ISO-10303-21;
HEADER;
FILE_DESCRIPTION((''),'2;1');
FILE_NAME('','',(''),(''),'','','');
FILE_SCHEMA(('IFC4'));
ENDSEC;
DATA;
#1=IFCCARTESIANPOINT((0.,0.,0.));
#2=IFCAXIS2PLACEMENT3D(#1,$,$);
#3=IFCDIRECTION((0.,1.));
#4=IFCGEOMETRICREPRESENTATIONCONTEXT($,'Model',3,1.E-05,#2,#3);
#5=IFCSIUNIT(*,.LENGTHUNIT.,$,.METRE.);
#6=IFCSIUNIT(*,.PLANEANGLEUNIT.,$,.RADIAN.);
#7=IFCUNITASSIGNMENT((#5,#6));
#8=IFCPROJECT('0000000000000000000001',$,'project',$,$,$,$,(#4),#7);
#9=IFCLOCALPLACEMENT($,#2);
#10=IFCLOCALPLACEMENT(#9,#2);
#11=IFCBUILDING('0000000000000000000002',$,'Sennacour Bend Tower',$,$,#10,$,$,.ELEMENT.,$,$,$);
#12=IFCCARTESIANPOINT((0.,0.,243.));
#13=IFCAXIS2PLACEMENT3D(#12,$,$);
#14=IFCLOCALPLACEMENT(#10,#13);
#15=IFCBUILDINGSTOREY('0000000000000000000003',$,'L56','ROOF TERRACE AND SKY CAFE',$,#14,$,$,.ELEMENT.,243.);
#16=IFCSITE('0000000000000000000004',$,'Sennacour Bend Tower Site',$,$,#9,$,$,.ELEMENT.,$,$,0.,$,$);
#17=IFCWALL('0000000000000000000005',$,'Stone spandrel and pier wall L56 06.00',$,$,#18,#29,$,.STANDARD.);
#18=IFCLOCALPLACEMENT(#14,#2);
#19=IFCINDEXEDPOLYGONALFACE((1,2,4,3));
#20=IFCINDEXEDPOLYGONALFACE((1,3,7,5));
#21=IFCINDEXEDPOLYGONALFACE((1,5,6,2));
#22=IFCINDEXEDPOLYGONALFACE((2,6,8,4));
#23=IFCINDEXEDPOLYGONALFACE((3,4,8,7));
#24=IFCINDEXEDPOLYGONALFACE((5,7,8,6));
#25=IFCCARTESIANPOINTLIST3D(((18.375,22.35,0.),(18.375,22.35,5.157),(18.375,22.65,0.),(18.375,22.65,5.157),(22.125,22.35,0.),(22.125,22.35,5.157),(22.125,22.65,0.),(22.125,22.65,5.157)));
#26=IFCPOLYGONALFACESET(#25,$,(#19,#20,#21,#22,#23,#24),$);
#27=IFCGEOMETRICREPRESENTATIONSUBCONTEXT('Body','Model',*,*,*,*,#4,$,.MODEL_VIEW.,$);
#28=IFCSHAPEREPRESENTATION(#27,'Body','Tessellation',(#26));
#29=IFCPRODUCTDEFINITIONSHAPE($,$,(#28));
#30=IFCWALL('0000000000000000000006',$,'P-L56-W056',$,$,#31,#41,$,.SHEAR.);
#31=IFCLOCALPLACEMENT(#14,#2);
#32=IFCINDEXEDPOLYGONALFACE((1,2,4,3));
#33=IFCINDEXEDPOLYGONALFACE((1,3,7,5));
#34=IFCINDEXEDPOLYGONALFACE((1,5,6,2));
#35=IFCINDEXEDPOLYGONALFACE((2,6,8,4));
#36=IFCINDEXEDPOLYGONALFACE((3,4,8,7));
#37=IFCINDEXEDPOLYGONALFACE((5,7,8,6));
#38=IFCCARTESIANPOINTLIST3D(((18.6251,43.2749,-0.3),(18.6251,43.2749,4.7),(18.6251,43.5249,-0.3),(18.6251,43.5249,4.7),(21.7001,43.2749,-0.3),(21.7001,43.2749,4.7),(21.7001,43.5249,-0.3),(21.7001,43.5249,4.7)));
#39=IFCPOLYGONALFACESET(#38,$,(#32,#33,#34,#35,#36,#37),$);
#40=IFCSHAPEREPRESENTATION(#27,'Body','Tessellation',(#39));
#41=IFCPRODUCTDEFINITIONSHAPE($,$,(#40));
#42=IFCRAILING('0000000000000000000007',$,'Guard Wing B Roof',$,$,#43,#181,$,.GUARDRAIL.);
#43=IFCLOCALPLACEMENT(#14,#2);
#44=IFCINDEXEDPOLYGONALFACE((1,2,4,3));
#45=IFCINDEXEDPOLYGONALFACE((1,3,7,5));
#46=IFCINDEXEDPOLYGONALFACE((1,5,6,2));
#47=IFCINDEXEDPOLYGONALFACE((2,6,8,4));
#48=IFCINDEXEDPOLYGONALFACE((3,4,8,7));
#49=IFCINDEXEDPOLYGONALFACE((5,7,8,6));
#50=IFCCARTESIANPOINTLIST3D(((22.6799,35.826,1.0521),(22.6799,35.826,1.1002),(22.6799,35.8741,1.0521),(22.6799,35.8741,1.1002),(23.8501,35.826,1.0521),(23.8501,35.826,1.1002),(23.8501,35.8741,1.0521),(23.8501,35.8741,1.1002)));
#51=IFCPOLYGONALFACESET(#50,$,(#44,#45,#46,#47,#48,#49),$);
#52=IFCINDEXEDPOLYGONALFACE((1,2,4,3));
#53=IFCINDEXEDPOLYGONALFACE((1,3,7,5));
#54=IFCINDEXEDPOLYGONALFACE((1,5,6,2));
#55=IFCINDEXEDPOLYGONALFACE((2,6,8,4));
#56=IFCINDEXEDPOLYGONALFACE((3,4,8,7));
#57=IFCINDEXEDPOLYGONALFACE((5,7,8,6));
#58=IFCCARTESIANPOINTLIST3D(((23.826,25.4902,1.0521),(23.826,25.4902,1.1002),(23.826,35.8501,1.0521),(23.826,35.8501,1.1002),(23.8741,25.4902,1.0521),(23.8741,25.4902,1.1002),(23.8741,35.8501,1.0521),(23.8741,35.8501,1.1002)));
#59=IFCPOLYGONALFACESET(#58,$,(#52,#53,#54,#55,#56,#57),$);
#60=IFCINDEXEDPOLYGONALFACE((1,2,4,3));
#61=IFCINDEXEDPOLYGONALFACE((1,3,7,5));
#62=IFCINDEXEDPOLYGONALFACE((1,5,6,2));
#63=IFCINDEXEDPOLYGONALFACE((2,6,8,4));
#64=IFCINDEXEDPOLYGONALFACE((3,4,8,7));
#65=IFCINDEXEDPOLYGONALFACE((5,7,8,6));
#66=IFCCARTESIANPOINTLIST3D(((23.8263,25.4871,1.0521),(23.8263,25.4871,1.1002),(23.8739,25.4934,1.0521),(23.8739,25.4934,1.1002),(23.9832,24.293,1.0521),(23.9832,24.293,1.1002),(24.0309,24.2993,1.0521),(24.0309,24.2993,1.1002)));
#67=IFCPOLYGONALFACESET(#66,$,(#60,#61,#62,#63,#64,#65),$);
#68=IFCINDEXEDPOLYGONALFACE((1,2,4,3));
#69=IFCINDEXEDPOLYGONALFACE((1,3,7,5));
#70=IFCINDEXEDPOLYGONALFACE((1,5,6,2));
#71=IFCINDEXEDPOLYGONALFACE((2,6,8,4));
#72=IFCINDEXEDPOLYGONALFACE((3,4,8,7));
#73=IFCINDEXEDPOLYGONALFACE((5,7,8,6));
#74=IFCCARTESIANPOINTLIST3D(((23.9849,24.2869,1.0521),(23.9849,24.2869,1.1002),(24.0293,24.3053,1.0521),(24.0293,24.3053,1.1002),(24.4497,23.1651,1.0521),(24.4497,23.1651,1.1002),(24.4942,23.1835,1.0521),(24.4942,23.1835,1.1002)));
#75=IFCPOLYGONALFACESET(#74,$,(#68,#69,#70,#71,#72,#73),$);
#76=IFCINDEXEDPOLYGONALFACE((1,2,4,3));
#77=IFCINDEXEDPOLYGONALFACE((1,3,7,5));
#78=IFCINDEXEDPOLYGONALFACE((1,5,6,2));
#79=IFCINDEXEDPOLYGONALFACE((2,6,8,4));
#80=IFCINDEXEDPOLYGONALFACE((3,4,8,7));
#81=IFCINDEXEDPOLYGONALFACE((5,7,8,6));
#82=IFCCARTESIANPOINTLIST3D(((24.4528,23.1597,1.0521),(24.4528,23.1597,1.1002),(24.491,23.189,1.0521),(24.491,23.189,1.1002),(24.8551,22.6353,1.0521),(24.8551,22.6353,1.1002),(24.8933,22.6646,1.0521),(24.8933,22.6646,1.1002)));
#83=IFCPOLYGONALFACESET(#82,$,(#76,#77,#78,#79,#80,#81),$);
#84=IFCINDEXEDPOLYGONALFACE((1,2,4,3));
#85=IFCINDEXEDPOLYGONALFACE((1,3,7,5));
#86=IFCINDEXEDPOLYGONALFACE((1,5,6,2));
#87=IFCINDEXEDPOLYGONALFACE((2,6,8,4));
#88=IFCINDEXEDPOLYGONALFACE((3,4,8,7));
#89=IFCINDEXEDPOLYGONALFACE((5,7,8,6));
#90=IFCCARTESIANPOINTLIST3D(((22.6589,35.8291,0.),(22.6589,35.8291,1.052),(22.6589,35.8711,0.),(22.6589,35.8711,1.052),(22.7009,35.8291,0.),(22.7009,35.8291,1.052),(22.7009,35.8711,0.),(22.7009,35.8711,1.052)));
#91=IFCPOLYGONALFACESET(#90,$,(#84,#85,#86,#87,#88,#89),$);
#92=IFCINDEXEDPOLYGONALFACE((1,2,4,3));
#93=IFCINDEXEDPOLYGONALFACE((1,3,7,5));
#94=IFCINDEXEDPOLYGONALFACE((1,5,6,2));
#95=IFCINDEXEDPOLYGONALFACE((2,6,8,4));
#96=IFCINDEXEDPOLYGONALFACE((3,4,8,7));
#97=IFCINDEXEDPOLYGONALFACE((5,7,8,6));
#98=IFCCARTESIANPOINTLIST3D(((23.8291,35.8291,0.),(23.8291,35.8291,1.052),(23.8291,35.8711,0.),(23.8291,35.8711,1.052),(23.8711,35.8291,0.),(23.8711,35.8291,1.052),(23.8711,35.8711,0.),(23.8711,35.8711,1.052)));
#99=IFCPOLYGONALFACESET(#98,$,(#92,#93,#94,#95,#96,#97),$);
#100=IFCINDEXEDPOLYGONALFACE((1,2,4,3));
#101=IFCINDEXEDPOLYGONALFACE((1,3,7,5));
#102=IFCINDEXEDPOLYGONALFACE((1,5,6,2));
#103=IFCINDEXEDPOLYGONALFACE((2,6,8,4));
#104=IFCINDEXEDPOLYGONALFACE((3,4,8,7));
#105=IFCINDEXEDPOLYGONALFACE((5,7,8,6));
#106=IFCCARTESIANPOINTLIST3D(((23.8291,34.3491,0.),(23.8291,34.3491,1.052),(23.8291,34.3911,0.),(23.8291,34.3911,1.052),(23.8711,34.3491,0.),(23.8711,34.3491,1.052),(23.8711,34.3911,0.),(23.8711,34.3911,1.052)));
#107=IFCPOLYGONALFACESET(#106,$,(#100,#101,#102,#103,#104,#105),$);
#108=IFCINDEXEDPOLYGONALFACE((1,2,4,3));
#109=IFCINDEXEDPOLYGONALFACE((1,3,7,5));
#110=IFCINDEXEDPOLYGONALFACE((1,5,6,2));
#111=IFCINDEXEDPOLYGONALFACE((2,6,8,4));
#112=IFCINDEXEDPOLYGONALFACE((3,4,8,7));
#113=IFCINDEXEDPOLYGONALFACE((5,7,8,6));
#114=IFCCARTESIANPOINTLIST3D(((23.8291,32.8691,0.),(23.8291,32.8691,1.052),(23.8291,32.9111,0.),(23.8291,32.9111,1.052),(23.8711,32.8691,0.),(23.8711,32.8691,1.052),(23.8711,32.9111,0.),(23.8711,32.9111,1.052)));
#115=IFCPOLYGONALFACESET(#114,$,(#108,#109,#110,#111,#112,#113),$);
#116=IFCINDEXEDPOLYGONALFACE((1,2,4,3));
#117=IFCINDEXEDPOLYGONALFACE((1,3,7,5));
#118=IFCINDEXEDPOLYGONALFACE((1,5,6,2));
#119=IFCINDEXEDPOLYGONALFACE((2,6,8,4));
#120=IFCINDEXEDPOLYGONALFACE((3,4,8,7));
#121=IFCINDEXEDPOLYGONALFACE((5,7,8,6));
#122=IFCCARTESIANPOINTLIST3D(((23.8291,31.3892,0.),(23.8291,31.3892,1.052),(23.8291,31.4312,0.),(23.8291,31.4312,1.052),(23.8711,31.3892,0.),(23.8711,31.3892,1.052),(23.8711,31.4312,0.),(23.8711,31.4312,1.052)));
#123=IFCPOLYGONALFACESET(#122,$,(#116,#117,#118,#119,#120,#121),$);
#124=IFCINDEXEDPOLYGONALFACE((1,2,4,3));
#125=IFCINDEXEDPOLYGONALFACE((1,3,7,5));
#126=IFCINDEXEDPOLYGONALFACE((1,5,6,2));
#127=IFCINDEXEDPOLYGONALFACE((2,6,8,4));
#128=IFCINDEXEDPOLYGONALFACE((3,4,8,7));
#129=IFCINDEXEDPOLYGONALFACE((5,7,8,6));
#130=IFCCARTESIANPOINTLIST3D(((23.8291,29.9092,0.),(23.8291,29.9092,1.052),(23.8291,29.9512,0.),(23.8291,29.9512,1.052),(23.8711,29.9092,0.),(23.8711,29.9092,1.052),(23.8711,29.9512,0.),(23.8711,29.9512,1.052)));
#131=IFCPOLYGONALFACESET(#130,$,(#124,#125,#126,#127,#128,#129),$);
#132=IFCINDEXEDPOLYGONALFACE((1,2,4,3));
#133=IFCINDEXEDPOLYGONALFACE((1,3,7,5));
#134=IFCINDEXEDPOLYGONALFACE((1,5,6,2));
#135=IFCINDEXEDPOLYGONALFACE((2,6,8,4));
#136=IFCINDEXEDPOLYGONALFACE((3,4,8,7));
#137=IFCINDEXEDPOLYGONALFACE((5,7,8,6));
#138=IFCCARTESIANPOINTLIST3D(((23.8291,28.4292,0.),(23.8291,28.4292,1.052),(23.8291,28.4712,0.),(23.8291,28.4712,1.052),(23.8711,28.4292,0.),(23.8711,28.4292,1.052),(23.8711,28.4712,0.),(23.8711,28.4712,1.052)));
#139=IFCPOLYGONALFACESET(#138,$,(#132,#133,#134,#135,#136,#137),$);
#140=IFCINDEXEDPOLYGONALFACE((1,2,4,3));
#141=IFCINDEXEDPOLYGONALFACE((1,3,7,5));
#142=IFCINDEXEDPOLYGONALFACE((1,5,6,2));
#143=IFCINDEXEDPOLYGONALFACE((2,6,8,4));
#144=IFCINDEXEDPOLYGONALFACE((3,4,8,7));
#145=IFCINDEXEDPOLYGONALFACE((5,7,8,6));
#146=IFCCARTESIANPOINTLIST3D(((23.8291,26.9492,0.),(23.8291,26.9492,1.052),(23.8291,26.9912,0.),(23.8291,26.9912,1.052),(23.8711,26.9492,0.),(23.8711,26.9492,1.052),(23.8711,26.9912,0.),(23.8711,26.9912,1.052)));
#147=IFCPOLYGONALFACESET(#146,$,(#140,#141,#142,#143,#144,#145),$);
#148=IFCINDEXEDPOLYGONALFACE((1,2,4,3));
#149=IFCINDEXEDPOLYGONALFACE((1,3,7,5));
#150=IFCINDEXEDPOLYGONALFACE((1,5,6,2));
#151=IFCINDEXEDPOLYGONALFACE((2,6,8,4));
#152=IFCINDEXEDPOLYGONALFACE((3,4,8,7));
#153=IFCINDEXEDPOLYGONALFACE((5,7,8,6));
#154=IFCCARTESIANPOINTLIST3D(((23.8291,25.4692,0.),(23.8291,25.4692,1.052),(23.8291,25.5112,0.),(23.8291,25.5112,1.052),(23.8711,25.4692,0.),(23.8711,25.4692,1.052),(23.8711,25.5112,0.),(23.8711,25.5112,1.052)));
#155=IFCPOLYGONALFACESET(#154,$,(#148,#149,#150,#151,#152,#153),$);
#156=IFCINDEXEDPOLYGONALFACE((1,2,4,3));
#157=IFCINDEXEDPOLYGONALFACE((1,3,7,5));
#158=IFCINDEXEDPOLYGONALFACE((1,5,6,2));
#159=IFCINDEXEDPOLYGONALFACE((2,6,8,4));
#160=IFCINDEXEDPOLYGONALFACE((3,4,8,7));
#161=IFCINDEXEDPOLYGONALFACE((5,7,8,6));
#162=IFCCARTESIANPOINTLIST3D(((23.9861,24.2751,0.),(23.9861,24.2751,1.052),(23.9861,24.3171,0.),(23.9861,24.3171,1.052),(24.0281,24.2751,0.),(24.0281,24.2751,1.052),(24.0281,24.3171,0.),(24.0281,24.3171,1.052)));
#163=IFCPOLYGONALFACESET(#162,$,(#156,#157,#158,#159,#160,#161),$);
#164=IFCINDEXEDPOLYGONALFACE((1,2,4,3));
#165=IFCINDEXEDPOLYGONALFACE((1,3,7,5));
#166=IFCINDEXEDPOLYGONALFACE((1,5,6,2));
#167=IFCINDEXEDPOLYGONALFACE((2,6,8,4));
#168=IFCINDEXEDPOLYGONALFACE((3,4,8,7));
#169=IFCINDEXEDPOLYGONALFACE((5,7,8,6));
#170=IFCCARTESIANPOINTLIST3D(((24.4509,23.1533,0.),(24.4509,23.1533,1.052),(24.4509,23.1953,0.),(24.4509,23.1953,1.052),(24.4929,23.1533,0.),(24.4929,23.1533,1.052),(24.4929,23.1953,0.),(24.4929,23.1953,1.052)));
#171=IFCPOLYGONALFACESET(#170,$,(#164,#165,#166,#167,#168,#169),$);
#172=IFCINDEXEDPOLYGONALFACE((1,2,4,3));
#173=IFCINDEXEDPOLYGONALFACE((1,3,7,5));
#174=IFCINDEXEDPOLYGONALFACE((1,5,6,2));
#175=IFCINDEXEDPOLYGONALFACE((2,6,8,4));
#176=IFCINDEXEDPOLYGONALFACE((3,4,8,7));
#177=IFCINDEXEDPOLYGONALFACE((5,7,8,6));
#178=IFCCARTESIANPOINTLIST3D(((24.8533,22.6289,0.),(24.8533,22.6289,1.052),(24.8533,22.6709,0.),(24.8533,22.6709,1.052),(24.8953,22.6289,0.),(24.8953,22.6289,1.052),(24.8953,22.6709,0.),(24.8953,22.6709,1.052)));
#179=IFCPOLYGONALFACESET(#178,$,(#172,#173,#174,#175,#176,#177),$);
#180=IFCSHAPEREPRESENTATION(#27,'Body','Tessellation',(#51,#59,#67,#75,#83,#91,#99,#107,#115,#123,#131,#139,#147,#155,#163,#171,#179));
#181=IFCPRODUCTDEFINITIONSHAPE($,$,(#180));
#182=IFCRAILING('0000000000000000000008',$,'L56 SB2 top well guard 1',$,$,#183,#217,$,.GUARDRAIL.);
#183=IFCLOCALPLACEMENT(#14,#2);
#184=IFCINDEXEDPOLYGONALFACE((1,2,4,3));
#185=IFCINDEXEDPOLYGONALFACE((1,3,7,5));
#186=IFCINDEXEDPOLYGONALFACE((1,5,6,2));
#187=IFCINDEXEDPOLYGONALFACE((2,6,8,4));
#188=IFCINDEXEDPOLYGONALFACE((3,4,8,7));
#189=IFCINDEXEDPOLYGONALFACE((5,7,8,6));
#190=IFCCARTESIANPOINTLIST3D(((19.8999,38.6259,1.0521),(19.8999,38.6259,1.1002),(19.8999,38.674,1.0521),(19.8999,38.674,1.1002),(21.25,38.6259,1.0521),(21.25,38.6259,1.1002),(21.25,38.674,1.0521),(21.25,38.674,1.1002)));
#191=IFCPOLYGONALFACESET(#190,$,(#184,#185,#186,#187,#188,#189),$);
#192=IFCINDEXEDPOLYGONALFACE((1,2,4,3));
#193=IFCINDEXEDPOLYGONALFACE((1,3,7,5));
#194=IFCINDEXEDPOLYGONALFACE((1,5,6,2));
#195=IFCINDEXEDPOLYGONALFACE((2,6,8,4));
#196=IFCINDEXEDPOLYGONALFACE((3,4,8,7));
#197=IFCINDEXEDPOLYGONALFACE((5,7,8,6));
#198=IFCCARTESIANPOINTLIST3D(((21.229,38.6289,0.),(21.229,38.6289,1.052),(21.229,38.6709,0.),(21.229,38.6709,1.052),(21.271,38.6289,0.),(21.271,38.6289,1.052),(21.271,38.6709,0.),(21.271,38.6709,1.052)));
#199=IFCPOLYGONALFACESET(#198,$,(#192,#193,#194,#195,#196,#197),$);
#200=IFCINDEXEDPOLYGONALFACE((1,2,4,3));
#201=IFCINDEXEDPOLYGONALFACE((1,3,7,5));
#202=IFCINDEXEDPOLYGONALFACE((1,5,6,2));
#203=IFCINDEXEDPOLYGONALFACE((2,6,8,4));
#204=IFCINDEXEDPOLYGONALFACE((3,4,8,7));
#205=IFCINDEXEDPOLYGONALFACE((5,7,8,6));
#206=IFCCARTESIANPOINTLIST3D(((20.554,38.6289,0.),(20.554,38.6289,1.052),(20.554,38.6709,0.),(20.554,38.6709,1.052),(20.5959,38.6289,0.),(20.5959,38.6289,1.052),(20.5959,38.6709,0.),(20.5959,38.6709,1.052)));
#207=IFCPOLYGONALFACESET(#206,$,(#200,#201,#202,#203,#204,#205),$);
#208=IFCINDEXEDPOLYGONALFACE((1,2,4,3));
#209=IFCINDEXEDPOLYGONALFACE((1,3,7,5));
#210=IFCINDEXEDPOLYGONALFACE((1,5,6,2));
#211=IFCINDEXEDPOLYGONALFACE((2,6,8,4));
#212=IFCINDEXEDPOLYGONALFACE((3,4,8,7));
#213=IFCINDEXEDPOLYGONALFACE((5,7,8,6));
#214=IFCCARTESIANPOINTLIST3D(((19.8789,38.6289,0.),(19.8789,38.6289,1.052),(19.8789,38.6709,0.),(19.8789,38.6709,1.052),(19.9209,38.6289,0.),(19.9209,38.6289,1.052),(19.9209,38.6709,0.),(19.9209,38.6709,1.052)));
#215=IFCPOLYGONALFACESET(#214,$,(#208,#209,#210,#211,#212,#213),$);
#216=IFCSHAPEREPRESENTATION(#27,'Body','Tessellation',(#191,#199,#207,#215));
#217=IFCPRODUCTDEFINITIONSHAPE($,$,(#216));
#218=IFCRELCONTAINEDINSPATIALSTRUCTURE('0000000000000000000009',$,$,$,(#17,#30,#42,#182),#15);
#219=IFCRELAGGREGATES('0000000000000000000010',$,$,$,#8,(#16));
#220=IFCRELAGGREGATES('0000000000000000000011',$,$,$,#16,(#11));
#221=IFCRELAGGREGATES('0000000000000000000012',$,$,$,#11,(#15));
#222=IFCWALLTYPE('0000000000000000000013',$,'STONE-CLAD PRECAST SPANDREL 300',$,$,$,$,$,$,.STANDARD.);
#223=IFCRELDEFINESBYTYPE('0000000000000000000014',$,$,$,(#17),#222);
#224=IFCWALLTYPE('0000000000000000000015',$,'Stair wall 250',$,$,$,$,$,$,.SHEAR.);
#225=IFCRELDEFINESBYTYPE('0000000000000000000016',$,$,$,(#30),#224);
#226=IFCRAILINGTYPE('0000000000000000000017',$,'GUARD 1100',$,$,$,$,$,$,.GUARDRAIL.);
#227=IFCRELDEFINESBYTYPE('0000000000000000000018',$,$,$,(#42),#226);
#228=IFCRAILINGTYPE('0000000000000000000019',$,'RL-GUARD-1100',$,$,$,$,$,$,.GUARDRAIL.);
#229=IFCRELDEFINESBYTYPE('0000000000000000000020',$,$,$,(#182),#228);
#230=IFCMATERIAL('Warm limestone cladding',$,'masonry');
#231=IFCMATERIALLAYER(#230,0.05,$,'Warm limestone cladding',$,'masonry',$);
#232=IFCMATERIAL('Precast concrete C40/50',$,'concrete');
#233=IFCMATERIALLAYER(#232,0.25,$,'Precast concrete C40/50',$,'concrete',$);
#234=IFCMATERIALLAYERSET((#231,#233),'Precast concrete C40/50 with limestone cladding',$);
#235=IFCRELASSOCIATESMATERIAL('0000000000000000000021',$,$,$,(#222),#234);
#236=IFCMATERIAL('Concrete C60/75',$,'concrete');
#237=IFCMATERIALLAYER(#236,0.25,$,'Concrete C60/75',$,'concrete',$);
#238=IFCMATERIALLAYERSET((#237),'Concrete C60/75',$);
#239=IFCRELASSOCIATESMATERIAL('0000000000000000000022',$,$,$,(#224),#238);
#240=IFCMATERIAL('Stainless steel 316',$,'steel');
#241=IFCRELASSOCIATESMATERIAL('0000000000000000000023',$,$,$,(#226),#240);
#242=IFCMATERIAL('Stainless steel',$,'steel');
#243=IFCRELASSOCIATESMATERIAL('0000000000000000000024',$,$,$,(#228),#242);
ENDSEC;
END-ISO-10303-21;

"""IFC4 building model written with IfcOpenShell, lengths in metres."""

from ifc_helpers import new_model, si_unit, direction, frame, frame_2d, origin, origin_2d, place, context, subcontext, project, spatial, rectangle, extrude, material, layer, layer_set, type_object, element, save


model = new_model("IFC4")

# Units and contexts
model_context = context("Model", 3, precision=1e-05, world=origin(), true_north=direction((0.0, 1.0)))
body_context = subcontext(model_context, "Body", "Model", "MODEL_VIEW")
ifc_project = project(units=[si_unit("LENGTHUNIT", "METRE"), si_unit("PLANEANGLEUNIT", "RADIAN")], contexts=[model_context])

# Site, building, storey
site_placement = place(None, origin())
site = spatial("IfcSite", under=ifc_project, at=site_placement, Name="Sennacour Bend Tower Site", CompositionType="ELEMENT", RefElevation=0.0)
building_placement = place(site_placement, origin())
building = spatial("IfcBuilding", under=site, at=building_placement, Name="Sennacour Bend Tower", CompositionType="ELEMENT")
storey_placement = place(building_placement, frame((0.0, 0.0, 243.0)))
storey = spatial("IfcBuildingStorey", under=building, at=storey_placement, Name="L56", Description="ROOF TERRACE AND SKY CAFE", CompositionType="ELEMENT", Elevation=243.0)

# Walls
ifc_material_1 = material(Name="Warm limestone cladding", Category="masonry")
ifc_material_2 = material(Name="Precast concrete C40/50", Category="concrete")
ifc_layer_1 = layer(ifc_material_1, 0.05, Name="Warm limestone cladding", Category="masonry")
ifc_layer_2 = layer(ifc_material_2, 0.25, Name="Precast concrete C40/50", Category="concrete")
ifc_layer_set_1 = layer_set([ifc_layer_1, ifc_layer_2], Name="Precast concrete C40/50 with limestone cladding")
wall_type_1 = type_object("IfcWallType", Name="STONE-CLAD PRECAST SPANDREL 300", PredefinedType="STANDARD", material=ifc_layer_set_1)
wall_1_placement = place(storey_placement, frame((22.125, 22.5, 0.0), z_axis=(0.0, 0.0, 1.0), x_axis=(-1.0, 0.0, 0.0)))
element("IfcWall", 1, at=wall_1_placement, inside=storey, type_object=wall_type_1, Name="Stone spandrel and pier wall L56 06.00", PredefinedType="STANDARD", context=body_context, shape_type="SweptSolid", body=[
    extrude(rectangle(XDim=3.75, YDim=0.3, at=frame_2d((1.875, 0.0))), origin(), (0.0, 0.0, 1.0), 5.157),
])
ifc_material_3 = material(Name="Concrete C60/75", Category="concrete")
ifc_layer_3 = layer(ifc_material_3, 0.25, Name="Concrete C60/75", Category="concrete")
ifc_layer_set_2 = layer_set([ifc_layer_3], Name="Concrete C60/75")
wall_type_2 = type_object("IfcWallType", Name="Stair wall 250", PredefinedType="SHEAR", material=ifc_layer_set_2)
wall_2_placement = place(storey_placement, frame((18.625, 43.3999, -0.3), z_axis=(0.0, 0.0, 1.0), x_axis=(1.0, 0.0, 0.0)))
element("IfcWall", 2, at=wall_2_placement, inside=storey, type_object=wall_type_2, Name="P-L56-W056", PredefinedType="SHEAR", context=body_context, shape_type="SweptSolid", body=[
    extrude(rectangle(XDim=3.075, YDim=0.25, at=frame_2d((1.5376, 0.0))), origin(), (0.0, 0.0, 1.0), 5.0),
])

# Railings
ifc_material_4 = material(Name="Stainless steel 316", Category="steel")
railing_type_1 = type_object("IfcRailingType", Name="GUARD 1100", PredefinedType="GUARDRAIL", material=ifc_material_4)
railing_1_placement = place(storey_placement, frame((22.6799, 35.8501, 0.0)))
element("IfcRailing", 3, at=railing_1_placement, inside=storey, type_object=railing_type_1, Name="Guard Wing B Roof", PredefinedType="GUARDRAIL", context=body_context, shape_type="SweptSolid", body=[
    extrude(rectangle(XDim=0.0481, YDim=0.0481, at=origin_2d()), frame((0.0, 0.0, 1.0762), z_axis=(1.0, 0.0, 0.0), x_axis=(0.0, 1.0, 0.0)), (0.0, 0.0, 1.0), 1.1702),
    extrude(rectangle(XDim=0.0481, YDim=0.0481, at=origin_2d()), frame((1.1702, 0.0, 1.0762), z_axis=(0.0, -1.0, 0.0), x_axis=(1.0, 0.0, 0.0)), (0.0, 0.0, 1.0), 10.3599),
    extrude(rectangle(XDim=0.0481, YDim=0.0481, at=origin_2d()), frame((1.1702, -10.3599, 1.0762), z_axis=(0.130344, -0.991469, 0.0), x_axis=(0.991469, 0.130344, 0.0)), (0.0, 0.0, 1.0), 1.2043),
    extrude(rectangle(XDim=0.0481, YDim=0.0481, at=origin_2d()), frame((1.3271, -11.554, 1.0762), z_axis=(0.382802, -0.923831, 0.0), x_axis=(0.923831, 0.382802, 0.0)), (0.0, 0.0, 1.0), 1.2144),
    extrude(rectangle(XDim=0.0481, YDim=0.0481, at=origin_2d()), frame((1.792, -12.6758, 1.0762), z_axis=(0.608711, -0.793392, 0.0), x_axis=(0.793392, 0.608711, 0.0)), (0.0, 0.0, 1.0), 0.6609),
    extrude(rectangle(XDim=0.042, YDim=0.042, at=origin_2d()), origin(), (0.0, 0.0, 1.0), 1.052),
    extrude(rectangle(XDim=0.042, YDim=0.042, at=origin_2d()), frame((1.1702, 0.0, 0.0)), (0.0, 0.0, 1.0), 1.052),
    extrude(rectangle(XDim=0.042, YDim=0.042, at=origin_2d()), frame((1.1702, -1.48, 0.0)), (0.0, 0.0, 1.0), 1.052),
    extrude(rectangle(XDim=0.042, YDim=0.042, at=origin_2d()), frame((1.1702, -2.96, 0.0)), (0.0, 0.0, 1.0), 1.052),
    extrude(rectangle(XDim=0.042, YDim=0.042, at=origin_2d()), frame((1.1702, -4.4399, 0.0)), (0.0, 0.0, 1.0), 1.052),
    extrude(rectangle(XDim=0.042, YDim=0.042, at=origin_2d()), frame((1.1702, -5.9199, 0.0)), (0.0, 0.0, 1.0), 1.052),
    extrude(rectangle(XDim=0.042, YDim=0.042, at=origin_2d()), frame((1.1702, -7.3999, 0.0)), (0.0, 0.0, 1.0), 1.052),
    extrude(rectangle(XDim=0.042, YDim=0.042, at=origin_2d()), frame((1.1702, -8.8799, 0.0)), (0.0, 0.0, 1.0), 1.052),
    extrude(rectangle(XDim=0.042, YDim=0.042, at=origin_2d()), frame((1.1702, -10.3599, 0.0)), (0.0, 0.0, 1.0), 1.052),
    extrude(rectangle(XDim=0.042, YDim=0.042, at=origin_2d()), frame((1.3271, -11.554, 0.0)), (0.0, 0.0, 1.0), 1.052),
    extrude(rectangle(XDim=0.042, YDim=0.042, at=origin_2d()), frame((1.792, -12.6758, 0.0)), (0.0, 0.0, 1.0), 1.052),
    extrude(rectangle(XDim=0.042, YDim=0.042, at=origin_2d()), frame((2.1943, -13.2002, 0.0)), (0.0, 0.0, 1.0), 1.052),
])
ifc_material_5 = material(Name="Stainless steel", Category="steel")
railing_type_2 = type_object("IfcRailingType", Name="RL-GUARD-1100", PredefinedType="GUARDRAIL", material=ifc_material_5)
railing_2_placement = place(storey_placement, frame((21.25, 38.6499, 0.0)))
element("IfcRailing", 4, at=railing_2_placement, inside=storey, type_object=railing_type_2, Name="L56 SB2 top well guard 1", PredefinedType="GUARDRAIL", context=body_context, shape_type="SweptSolid", body=[
    extrude(rectangle(XDim=0.0481, YDim=0.0481, at=origin_2d()), frame((0.0, 0.0, 1.0762), z_axis=(-1.0, 0.0, 0.0), x_axis=(0.0, -1.0, 0.0)), (0.0, 0.0, 1.0), 1.3501),
    extrude(rectangle(XDim=0.042, YDim=0.042, at=origin_2d()), origin(), (0.0, 0.0, 1.0), 1.052),
    extrude(rectangle(XDim=0.042, YDim=0.042, at=origin_2d()), frame((-0.675, 0.0, 0.0)), (0.0, 0.0, 1.0), 1.052),
    extrude(rectangle(XDim=0.042, YDim=0.042, at=origin_2d()), frame((-1.3501, 0.0, 0.0)), (0.0, 0.0, 1.0), 1.052),
])

save(model, "model.ifc")
